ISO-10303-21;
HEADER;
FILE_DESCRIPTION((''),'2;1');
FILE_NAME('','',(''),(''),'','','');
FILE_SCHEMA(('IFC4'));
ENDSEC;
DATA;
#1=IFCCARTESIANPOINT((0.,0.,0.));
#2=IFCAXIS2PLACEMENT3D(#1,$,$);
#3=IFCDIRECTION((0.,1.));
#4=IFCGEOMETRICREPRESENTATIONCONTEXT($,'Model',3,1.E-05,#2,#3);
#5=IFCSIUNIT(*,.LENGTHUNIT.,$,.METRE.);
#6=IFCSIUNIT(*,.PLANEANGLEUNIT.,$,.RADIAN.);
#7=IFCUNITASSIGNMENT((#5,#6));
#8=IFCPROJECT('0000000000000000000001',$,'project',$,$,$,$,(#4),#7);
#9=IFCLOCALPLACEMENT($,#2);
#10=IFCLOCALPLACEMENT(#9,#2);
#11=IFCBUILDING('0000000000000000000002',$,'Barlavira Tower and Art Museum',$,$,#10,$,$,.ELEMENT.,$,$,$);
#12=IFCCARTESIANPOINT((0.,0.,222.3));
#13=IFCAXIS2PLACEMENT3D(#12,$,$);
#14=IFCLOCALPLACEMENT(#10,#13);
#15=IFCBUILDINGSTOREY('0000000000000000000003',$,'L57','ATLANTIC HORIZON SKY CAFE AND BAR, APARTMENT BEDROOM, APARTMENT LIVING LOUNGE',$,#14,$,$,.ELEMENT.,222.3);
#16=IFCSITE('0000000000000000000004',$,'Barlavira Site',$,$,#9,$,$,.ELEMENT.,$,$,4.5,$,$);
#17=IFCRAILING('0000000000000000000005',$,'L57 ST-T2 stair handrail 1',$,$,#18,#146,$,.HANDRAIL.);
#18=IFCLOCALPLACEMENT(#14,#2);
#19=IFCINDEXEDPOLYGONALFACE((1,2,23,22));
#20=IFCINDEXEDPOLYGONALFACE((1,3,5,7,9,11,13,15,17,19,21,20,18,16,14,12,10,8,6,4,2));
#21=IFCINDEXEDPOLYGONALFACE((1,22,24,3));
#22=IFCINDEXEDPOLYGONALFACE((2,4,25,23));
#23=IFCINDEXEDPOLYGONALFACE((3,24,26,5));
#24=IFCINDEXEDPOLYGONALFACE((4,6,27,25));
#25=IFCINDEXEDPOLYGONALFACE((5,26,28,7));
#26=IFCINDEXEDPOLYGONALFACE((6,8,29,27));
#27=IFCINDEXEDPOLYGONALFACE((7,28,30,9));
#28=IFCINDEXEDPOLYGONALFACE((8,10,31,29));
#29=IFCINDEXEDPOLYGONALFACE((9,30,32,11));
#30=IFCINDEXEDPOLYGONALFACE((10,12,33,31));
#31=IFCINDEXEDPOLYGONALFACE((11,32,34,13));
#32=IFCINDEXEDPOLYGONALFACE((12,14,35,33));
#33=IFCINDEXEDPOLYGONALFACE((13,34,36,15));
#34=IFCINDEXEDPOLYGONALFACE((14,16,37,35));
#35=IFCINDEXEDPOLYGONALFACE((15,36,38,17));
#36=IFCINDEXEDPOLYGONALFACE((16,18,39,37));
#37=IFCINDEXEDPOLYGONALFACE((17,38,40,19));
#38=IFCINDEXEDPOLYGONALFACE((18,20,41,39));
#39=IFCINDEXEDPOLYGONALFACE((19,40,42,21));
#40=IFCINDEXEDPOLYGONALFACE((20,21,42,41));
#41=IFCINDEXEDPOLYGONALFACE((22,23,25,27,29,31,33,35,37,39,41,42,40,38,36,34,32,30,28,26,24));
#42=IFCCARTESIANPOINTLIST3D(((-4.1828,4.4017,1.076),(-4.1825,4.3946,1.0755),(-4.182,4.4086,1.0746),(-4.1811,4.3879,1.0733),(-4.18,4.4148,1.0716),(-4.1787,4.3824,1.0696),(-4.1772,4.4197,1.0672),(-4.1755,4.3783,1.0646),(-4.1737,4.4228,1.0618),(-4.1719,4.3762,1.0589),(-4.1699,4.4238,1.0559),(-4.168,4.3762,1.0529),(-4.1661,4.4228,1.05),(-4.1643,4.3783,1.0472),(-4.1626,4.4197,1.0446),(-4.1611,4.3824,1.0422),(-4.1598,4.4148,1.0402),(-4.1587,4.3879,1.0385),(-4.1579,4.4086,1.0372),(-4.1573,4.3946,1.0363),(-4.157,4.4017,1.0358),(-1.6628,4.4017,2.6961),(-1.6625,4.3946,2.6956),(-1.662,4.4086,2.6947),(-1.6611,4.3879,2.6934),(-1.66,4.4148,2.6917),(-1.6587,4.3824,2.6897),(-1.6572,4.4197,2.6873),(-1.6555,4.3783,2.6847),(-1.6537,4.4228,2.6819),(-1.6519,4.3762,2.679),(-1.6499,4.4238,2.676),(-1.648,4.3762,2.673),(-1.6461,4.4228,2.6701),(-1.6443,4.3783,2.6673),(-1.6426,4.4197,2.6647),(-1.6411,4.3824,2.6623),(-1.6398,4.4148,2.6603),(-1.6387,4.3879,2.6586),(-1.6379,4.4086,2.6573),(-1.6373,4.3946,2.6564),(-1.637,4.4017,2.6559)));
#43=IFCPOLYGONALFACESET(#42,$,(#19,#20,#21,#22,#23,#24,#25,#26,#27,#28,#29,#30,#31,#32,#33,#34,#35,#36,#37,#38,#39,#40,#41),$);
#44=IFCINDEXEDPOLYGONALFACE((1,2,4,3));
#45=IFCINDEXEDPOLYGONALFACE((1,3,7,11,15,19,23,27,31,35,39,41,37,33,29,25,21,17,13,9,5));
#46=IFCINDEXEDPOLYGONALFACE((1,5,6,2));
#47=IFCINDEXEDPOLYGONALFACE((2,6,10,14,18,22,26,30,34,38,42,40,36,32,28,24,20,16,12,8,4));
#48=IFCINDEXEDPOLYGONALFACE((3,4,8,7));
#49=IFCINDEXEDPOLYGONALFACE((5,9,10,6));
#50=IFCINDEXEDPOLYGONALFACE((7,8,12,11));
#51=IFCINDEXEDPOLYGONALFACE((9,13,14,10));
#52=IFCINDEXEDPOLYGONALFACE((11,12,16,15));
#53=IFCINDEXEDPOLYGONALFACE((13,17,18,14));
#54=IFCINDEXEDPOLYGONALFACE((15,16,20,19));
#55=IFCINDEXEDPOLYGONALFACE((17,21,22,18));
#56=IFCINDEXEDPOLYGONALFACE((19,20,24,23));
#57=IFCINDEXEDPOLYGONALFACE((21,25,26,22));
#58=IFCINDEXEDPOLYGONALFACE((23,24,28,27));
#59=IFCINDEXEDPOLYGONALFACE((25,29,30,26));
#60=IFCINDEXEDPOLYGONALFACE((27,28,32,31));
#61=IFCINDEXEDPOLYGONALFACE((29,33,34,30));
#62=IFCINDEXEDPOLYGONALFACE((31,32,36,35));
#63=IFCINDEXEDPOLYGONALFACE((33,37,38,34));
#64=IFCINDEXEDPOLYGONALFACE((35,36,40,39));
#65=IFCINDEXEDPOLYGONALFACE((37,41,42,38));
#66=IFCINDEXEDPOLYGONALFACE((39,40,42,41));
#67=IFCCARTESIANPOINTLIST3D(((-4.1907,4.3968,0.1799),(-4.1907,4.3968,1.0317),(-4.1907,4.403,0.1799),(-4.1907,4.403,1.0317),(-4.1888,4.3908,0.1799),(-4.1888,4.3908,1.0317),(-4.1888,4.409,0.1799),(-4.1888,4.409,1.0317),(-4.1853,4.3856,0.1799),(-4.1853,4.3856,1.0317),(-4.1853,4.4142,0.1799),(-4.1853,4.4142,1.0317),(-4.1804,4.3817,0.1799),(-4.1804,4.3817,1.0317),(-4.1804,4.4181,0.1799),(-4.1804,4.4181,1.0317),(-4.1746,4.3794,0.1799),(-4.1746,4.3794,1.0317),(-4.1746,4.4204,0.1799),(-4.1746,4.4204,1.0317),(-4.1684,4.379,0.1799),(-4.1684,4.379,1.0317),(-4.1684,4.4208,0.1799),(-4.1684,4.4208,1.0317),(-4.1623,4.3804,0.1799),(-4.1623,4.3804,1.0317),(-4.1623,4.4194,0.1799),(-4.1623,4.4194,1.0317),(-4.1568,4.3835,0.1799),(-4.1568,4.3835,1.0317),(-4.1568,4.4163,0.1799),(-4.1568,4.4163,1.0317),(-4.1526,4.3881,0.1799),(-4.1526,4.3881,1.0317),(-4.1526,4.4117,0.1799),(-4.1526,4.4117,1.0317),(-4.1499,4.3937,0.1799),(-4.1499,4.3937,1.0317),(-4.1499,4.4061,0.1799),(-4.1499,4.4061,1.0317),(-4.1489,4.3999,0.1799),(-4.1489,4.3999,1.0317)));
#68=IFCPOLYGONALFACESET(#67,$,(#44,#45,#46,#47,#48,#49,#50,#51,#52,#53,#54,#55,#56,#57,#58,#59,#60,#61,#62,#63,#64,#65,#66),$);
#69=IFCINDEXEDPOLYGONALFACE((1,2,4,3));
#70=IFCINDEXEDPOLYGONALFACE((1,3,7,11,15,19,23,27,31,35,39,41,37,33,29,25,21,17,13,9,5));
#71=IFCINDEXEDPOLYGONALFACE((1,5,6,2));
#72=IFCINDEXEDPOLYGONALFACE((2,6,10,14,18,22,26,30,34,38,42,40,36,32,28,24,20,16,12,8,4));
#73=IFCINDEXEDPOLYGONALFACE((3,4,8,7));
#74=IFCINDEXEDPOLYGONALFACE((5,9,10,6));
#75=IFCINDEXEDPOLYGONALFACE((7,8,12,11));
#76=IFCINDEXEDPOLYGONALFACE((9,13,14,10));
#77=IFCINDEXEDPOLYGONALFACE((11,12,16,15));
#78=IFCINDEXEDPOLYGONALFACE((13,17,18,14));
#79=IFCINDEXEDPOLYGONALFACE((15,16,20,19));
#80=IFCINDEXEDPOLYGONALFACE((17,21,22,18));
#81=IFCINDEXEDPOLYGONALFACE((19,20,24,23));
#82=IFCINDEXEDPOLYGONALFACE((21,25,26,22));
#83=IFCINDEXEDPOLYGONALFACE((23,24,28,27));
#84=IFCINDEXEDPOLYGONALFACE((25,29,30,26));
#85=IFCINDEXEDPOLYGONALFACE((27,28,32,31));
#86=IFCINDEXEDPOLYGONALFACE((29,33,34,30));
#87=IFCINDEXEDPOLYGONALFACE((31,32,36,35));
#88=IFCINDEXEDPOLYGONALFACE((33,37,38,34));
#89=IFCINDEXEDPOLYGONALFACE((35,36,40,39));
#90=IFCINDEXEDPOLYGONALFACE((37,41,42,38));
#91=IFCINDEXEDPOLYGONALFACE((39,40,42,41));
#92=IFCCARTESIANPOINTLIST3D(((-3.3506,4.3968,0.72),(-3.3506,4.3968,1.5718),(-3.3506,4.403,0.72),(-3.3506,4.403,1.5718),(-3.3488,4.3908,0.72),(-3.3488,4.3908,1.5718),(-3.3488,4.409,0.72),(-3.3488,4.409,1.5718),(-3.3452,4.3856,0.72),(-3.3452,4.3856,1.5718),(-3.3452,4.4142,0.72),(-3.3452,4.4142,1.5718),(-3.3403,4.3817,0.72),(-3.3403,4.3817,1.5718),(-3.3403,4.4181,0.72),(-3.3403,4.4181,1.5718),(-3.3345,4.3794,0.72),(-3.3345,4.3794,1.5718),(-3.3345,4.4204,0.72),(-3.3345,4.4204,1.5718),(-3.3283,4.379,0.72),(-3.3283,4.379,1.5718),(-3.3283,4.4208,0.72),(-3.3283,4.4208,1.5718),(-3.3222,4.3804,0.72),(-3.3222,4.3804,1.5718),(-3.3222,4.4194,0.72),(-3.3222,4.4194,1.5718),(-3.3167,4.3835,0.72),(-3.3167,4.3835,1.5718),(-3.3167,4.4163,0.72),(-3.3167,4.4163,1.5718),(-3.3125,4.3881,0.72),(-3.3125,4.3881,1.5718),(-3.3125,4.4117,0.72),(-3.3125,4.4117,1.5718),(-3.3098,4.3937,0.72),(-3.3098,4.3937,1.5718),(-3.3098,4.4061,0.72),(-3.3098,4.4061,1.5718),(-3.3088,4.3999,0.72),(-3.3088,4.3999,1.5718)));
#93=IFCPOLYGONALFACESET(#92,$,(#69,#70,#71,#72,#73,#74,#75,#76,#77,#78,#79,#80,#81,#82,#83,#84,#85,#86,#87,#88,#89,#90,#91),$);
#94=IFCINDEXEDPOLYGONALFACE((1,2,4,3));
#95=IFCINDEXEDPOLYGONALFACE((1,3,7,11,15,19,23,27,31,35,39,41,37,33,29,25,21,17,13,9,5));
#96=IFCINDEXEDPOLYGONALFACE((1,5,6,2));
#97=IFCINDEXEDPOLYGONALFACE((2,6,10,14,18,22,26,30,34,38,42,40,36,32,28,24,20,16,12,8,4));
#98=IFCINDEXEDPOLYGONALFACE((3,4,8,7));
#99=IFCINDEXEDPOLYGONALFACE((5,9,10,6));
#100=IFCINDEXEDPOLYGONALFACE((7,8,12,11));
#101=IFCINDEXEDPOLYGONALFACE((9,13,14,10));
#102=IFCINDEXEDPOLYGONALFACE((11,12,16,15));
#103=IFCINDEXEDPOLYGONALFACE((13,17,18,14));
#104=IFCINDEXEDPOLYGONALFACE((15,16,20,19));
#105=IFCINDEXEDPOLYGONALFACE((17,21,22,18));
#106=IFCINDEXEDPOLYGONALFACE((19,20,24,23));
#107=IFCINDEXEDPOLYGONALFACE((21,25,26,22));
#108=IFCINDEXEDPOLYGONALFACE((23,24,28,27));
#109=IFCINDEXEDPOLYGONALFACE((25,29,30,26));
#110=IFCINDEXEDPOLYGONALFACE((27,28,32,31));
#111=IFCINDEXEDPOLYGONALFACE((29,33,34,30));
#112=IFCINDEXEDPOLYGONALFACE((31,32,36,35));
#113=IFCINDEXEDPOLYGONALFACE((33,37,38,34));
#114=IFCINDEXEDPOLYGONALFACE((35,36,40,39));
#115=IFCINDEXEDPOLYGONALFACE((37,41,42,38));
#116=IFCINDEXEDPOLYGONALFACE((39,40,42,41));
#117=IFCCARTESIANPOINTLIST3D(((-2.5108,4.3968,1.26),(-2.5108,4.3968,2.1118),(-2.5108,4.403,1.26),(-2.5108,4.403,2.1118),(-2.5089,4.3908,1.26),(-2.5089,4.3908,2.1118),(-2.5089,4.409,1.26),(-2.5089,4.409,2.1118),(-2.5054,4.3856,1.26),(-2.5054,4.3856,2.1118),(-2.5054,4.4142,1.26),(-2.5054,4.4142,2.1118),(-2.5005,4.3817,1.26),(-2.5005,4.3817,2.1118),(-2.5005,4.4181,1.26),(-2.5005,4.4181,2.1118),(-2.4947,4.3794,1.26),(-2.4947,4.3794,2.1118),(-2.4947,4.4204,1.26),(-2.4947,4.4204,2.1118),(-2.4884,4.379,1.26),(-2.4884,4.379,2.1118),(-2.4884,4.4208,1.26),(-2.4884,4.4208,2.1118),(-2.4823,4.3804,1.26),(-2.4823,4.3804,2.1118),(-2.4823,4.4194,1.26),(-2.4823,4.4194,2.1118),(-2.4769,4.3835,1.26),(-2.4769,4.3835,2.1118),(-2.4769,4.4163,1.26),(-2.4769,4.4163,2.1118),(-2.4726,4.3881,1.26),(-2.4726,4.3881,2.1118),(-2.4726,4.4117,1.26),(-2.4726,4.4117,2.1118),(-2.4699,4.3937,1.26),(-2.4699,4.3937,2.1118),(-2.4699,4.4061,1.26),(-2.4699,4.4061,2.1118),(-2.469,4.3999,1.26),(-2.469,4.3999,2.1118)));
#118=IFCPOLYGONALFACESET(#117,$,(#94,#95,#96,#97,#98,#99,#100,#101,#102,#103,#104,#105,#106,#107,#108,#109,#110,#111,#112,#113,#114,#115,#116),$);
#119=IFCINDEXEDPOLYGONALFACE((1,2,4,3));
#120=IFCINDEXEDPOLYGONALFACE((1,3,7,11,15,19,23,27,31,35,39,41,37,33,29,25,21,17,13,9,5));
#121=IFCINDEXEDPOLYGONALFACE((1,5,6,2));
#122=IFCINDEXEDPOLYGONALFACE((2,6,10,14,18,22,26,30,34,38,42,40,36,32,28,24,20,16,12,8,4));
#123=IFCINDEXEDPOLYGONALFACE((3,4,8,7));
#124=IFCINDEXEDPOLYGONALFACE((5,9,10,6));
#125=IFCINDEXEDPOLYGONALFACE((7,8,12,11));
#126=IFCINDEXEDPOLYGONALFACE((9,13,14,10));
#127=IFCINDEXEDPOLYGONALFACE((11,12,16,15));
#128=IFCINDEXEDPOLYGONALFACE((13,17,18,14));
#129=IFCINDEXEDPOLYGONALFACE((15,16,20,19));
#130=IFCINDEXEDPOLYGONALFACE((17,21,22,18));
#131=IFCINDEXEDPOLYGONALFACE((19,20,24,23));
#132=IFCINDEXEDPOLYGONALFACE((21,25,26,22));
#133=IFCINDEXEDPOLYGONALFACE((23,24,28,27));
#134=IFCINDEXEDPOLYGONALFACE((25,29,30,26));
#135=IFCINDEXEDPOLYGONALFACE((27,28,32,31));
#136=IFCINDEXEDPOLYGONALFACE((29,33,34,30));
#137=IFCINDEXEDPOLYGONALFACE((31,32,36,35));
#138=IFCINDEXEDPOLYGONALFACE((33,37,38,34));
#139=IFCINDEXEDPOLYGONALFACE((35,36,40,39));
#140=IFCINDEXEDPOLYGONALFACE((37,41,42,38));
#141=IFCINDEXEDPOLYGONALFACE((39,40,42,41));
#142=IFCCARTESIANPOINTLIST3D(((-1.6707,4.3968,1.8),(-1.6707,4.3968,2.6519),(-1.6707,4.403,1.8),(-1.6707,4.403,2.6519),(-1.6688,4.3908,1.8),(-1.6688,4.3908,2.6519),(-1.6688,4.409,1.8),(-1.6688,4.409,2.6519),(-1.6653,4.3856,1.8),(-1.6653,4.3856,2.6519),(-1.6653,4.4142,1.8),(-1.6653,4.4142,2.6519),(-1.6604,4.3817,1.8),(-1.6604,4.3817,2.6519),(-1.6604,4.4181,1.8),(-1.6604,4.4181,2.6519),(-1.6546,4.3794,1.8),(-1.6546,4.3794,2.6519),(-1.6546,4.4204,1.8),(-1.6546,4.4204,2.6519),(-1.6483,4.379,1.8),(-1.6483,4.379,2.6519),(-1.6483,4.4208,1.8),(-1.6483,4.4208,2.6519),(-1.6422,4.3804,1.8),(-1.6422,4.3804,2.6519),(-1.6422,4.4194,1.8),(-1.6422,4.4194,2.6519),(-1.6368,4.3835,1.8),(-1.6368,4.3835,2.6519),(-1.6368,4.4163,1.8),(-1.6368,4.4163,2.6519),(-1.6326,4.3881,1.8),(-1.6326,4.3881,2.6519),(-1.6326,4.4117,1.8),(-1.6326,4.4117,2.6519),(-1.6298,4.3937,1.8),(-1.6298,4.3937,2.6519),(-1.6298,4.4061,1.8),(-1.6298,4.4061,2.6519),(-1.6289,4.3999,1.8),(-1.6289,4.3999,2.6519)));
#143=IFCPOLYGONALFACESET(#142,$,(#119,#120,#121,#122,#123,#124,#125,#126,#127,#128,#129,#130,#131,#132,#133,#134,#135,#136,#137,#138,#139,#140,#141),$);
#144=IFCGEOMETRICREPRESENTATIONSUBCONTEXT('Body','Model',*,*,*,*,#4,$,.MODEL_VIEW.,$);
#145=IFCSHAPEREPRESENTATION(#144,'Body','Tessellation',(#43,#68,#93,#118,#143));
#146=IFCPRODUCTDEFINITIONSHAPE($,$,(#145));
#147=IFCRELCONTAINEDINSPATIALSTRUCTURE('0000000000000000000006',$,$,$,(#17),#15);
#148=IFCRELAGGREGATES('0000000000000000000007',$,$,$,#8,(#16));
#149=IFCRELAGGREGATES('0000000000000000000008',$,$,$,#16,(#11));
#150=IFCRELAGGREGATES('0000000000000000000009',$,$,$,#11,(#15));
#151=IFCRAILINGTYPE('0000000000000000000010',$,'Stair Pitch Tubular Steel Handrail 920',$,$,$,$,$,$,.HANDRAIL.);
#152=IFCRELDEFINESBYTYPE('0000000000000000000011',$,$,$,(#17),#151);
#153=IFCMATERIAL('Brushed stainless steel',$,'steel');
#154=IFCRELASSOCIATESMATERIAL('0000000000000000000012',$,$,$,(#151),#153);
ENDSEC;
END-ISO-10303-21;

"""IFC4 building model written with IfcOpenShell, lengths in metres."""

from ifc_helpers import new_model, si_unit, direction, frame, origin, origin_2d, place, context, subcontext, project, spatial, circle, extrude, material, type_object, element, save


model = new_model("IFC4")

# Units and contexts
model_context = context("Model", 3, precision=1e-05, world=origin(), true_north=direction((0.0, 1.0)))
body_context = subcontext(model_context, "Body", "Model", "MODEL_VIEW")
ifc_project = project(units=[si_unit("LENGTHUNIT", "METRE"), si_unit("PLANEANGLEUNIT", "RADIAN")], contexts=[model_context])

# Site, building, storey
site_placement = place(None, origin())
site = spatial("IfcSite", under=ifc_project, at=site_placement, Name="Barlavira Site", CompositionType="ELEMENT", RefElevation=4.5)
building_placement = place(site_placement, origin())
building = spatial("IfcBuilding", under=site, at=building_placement, Name="Barlavira Tower and Art Museum", CompositionType="ELEMENT")
storey_placement = place(building_placement, frame((0.0, 0.0, 222.3)))
storey = spatial("IfcBuildingStorey", under=building, at=storey_placement, Name="L57", Description="ATLANTIC HORIZON SKY CAFE AND BAR, APARTMENT BEDROOM, APARTMENT LIVING LOUNGE", CompositionType="ELEMENT", Elevation=222.3)

# Shared definitions
ifc_material_1 = material(Name="Brushed stainless steel", Category="steel")

# Railing
railing_type_1 = type_object("IfcRailingType", Name="Stair Pitch Tubular Steel Handrail 920", PredefinedType="HANDRAIL", material=ifc_material_1)
railing_1_placement = place(storey_placement, frame((-4.1699, 4.3999, 0.1799)))
element("IfcRailing", 1, at=railing_1_placement, inside=storey, type_object=railing_type_1, Name="L57 ST-T2 stair handrail 1", PredefinedType="HANDRAIL", context=body_context, shape_type="SweptSolid", body=[
    extrude(circle(Radius=0.0239, at=origin_2d()), frame((0.0, 0.0, 0.876), z_axis=(0.841163, 0.0, 0.540782), x_axis=(0.0, 1.0, 0.0)), (0.0, 0.0, 1.0), 2.9958),
    extrude(circle(Radius=0.021, at=origin_2d()), origin(), (0.0, 0.0, 1.0), 0.8518),
    extrude(circle(Radius=0.021, at=origin_2d()), frame((0.8401, 0.0, 0.54)), (0.0, 0.0, 1.0), 0.8518),
    extrude(circle(Radius=0.021, at=origin_2d()), frame((1.6799, 0.0, 1.0801)), (0.0, 0.0, 1.0), 0.8518),
    extrude(circle(Radius=0.021, at=origin_2d()), frame((2.52, 0.0, 1.6201)), (0.0, 0.0, 1.0), 0.8518),
])

save(model, "model.ifc")
